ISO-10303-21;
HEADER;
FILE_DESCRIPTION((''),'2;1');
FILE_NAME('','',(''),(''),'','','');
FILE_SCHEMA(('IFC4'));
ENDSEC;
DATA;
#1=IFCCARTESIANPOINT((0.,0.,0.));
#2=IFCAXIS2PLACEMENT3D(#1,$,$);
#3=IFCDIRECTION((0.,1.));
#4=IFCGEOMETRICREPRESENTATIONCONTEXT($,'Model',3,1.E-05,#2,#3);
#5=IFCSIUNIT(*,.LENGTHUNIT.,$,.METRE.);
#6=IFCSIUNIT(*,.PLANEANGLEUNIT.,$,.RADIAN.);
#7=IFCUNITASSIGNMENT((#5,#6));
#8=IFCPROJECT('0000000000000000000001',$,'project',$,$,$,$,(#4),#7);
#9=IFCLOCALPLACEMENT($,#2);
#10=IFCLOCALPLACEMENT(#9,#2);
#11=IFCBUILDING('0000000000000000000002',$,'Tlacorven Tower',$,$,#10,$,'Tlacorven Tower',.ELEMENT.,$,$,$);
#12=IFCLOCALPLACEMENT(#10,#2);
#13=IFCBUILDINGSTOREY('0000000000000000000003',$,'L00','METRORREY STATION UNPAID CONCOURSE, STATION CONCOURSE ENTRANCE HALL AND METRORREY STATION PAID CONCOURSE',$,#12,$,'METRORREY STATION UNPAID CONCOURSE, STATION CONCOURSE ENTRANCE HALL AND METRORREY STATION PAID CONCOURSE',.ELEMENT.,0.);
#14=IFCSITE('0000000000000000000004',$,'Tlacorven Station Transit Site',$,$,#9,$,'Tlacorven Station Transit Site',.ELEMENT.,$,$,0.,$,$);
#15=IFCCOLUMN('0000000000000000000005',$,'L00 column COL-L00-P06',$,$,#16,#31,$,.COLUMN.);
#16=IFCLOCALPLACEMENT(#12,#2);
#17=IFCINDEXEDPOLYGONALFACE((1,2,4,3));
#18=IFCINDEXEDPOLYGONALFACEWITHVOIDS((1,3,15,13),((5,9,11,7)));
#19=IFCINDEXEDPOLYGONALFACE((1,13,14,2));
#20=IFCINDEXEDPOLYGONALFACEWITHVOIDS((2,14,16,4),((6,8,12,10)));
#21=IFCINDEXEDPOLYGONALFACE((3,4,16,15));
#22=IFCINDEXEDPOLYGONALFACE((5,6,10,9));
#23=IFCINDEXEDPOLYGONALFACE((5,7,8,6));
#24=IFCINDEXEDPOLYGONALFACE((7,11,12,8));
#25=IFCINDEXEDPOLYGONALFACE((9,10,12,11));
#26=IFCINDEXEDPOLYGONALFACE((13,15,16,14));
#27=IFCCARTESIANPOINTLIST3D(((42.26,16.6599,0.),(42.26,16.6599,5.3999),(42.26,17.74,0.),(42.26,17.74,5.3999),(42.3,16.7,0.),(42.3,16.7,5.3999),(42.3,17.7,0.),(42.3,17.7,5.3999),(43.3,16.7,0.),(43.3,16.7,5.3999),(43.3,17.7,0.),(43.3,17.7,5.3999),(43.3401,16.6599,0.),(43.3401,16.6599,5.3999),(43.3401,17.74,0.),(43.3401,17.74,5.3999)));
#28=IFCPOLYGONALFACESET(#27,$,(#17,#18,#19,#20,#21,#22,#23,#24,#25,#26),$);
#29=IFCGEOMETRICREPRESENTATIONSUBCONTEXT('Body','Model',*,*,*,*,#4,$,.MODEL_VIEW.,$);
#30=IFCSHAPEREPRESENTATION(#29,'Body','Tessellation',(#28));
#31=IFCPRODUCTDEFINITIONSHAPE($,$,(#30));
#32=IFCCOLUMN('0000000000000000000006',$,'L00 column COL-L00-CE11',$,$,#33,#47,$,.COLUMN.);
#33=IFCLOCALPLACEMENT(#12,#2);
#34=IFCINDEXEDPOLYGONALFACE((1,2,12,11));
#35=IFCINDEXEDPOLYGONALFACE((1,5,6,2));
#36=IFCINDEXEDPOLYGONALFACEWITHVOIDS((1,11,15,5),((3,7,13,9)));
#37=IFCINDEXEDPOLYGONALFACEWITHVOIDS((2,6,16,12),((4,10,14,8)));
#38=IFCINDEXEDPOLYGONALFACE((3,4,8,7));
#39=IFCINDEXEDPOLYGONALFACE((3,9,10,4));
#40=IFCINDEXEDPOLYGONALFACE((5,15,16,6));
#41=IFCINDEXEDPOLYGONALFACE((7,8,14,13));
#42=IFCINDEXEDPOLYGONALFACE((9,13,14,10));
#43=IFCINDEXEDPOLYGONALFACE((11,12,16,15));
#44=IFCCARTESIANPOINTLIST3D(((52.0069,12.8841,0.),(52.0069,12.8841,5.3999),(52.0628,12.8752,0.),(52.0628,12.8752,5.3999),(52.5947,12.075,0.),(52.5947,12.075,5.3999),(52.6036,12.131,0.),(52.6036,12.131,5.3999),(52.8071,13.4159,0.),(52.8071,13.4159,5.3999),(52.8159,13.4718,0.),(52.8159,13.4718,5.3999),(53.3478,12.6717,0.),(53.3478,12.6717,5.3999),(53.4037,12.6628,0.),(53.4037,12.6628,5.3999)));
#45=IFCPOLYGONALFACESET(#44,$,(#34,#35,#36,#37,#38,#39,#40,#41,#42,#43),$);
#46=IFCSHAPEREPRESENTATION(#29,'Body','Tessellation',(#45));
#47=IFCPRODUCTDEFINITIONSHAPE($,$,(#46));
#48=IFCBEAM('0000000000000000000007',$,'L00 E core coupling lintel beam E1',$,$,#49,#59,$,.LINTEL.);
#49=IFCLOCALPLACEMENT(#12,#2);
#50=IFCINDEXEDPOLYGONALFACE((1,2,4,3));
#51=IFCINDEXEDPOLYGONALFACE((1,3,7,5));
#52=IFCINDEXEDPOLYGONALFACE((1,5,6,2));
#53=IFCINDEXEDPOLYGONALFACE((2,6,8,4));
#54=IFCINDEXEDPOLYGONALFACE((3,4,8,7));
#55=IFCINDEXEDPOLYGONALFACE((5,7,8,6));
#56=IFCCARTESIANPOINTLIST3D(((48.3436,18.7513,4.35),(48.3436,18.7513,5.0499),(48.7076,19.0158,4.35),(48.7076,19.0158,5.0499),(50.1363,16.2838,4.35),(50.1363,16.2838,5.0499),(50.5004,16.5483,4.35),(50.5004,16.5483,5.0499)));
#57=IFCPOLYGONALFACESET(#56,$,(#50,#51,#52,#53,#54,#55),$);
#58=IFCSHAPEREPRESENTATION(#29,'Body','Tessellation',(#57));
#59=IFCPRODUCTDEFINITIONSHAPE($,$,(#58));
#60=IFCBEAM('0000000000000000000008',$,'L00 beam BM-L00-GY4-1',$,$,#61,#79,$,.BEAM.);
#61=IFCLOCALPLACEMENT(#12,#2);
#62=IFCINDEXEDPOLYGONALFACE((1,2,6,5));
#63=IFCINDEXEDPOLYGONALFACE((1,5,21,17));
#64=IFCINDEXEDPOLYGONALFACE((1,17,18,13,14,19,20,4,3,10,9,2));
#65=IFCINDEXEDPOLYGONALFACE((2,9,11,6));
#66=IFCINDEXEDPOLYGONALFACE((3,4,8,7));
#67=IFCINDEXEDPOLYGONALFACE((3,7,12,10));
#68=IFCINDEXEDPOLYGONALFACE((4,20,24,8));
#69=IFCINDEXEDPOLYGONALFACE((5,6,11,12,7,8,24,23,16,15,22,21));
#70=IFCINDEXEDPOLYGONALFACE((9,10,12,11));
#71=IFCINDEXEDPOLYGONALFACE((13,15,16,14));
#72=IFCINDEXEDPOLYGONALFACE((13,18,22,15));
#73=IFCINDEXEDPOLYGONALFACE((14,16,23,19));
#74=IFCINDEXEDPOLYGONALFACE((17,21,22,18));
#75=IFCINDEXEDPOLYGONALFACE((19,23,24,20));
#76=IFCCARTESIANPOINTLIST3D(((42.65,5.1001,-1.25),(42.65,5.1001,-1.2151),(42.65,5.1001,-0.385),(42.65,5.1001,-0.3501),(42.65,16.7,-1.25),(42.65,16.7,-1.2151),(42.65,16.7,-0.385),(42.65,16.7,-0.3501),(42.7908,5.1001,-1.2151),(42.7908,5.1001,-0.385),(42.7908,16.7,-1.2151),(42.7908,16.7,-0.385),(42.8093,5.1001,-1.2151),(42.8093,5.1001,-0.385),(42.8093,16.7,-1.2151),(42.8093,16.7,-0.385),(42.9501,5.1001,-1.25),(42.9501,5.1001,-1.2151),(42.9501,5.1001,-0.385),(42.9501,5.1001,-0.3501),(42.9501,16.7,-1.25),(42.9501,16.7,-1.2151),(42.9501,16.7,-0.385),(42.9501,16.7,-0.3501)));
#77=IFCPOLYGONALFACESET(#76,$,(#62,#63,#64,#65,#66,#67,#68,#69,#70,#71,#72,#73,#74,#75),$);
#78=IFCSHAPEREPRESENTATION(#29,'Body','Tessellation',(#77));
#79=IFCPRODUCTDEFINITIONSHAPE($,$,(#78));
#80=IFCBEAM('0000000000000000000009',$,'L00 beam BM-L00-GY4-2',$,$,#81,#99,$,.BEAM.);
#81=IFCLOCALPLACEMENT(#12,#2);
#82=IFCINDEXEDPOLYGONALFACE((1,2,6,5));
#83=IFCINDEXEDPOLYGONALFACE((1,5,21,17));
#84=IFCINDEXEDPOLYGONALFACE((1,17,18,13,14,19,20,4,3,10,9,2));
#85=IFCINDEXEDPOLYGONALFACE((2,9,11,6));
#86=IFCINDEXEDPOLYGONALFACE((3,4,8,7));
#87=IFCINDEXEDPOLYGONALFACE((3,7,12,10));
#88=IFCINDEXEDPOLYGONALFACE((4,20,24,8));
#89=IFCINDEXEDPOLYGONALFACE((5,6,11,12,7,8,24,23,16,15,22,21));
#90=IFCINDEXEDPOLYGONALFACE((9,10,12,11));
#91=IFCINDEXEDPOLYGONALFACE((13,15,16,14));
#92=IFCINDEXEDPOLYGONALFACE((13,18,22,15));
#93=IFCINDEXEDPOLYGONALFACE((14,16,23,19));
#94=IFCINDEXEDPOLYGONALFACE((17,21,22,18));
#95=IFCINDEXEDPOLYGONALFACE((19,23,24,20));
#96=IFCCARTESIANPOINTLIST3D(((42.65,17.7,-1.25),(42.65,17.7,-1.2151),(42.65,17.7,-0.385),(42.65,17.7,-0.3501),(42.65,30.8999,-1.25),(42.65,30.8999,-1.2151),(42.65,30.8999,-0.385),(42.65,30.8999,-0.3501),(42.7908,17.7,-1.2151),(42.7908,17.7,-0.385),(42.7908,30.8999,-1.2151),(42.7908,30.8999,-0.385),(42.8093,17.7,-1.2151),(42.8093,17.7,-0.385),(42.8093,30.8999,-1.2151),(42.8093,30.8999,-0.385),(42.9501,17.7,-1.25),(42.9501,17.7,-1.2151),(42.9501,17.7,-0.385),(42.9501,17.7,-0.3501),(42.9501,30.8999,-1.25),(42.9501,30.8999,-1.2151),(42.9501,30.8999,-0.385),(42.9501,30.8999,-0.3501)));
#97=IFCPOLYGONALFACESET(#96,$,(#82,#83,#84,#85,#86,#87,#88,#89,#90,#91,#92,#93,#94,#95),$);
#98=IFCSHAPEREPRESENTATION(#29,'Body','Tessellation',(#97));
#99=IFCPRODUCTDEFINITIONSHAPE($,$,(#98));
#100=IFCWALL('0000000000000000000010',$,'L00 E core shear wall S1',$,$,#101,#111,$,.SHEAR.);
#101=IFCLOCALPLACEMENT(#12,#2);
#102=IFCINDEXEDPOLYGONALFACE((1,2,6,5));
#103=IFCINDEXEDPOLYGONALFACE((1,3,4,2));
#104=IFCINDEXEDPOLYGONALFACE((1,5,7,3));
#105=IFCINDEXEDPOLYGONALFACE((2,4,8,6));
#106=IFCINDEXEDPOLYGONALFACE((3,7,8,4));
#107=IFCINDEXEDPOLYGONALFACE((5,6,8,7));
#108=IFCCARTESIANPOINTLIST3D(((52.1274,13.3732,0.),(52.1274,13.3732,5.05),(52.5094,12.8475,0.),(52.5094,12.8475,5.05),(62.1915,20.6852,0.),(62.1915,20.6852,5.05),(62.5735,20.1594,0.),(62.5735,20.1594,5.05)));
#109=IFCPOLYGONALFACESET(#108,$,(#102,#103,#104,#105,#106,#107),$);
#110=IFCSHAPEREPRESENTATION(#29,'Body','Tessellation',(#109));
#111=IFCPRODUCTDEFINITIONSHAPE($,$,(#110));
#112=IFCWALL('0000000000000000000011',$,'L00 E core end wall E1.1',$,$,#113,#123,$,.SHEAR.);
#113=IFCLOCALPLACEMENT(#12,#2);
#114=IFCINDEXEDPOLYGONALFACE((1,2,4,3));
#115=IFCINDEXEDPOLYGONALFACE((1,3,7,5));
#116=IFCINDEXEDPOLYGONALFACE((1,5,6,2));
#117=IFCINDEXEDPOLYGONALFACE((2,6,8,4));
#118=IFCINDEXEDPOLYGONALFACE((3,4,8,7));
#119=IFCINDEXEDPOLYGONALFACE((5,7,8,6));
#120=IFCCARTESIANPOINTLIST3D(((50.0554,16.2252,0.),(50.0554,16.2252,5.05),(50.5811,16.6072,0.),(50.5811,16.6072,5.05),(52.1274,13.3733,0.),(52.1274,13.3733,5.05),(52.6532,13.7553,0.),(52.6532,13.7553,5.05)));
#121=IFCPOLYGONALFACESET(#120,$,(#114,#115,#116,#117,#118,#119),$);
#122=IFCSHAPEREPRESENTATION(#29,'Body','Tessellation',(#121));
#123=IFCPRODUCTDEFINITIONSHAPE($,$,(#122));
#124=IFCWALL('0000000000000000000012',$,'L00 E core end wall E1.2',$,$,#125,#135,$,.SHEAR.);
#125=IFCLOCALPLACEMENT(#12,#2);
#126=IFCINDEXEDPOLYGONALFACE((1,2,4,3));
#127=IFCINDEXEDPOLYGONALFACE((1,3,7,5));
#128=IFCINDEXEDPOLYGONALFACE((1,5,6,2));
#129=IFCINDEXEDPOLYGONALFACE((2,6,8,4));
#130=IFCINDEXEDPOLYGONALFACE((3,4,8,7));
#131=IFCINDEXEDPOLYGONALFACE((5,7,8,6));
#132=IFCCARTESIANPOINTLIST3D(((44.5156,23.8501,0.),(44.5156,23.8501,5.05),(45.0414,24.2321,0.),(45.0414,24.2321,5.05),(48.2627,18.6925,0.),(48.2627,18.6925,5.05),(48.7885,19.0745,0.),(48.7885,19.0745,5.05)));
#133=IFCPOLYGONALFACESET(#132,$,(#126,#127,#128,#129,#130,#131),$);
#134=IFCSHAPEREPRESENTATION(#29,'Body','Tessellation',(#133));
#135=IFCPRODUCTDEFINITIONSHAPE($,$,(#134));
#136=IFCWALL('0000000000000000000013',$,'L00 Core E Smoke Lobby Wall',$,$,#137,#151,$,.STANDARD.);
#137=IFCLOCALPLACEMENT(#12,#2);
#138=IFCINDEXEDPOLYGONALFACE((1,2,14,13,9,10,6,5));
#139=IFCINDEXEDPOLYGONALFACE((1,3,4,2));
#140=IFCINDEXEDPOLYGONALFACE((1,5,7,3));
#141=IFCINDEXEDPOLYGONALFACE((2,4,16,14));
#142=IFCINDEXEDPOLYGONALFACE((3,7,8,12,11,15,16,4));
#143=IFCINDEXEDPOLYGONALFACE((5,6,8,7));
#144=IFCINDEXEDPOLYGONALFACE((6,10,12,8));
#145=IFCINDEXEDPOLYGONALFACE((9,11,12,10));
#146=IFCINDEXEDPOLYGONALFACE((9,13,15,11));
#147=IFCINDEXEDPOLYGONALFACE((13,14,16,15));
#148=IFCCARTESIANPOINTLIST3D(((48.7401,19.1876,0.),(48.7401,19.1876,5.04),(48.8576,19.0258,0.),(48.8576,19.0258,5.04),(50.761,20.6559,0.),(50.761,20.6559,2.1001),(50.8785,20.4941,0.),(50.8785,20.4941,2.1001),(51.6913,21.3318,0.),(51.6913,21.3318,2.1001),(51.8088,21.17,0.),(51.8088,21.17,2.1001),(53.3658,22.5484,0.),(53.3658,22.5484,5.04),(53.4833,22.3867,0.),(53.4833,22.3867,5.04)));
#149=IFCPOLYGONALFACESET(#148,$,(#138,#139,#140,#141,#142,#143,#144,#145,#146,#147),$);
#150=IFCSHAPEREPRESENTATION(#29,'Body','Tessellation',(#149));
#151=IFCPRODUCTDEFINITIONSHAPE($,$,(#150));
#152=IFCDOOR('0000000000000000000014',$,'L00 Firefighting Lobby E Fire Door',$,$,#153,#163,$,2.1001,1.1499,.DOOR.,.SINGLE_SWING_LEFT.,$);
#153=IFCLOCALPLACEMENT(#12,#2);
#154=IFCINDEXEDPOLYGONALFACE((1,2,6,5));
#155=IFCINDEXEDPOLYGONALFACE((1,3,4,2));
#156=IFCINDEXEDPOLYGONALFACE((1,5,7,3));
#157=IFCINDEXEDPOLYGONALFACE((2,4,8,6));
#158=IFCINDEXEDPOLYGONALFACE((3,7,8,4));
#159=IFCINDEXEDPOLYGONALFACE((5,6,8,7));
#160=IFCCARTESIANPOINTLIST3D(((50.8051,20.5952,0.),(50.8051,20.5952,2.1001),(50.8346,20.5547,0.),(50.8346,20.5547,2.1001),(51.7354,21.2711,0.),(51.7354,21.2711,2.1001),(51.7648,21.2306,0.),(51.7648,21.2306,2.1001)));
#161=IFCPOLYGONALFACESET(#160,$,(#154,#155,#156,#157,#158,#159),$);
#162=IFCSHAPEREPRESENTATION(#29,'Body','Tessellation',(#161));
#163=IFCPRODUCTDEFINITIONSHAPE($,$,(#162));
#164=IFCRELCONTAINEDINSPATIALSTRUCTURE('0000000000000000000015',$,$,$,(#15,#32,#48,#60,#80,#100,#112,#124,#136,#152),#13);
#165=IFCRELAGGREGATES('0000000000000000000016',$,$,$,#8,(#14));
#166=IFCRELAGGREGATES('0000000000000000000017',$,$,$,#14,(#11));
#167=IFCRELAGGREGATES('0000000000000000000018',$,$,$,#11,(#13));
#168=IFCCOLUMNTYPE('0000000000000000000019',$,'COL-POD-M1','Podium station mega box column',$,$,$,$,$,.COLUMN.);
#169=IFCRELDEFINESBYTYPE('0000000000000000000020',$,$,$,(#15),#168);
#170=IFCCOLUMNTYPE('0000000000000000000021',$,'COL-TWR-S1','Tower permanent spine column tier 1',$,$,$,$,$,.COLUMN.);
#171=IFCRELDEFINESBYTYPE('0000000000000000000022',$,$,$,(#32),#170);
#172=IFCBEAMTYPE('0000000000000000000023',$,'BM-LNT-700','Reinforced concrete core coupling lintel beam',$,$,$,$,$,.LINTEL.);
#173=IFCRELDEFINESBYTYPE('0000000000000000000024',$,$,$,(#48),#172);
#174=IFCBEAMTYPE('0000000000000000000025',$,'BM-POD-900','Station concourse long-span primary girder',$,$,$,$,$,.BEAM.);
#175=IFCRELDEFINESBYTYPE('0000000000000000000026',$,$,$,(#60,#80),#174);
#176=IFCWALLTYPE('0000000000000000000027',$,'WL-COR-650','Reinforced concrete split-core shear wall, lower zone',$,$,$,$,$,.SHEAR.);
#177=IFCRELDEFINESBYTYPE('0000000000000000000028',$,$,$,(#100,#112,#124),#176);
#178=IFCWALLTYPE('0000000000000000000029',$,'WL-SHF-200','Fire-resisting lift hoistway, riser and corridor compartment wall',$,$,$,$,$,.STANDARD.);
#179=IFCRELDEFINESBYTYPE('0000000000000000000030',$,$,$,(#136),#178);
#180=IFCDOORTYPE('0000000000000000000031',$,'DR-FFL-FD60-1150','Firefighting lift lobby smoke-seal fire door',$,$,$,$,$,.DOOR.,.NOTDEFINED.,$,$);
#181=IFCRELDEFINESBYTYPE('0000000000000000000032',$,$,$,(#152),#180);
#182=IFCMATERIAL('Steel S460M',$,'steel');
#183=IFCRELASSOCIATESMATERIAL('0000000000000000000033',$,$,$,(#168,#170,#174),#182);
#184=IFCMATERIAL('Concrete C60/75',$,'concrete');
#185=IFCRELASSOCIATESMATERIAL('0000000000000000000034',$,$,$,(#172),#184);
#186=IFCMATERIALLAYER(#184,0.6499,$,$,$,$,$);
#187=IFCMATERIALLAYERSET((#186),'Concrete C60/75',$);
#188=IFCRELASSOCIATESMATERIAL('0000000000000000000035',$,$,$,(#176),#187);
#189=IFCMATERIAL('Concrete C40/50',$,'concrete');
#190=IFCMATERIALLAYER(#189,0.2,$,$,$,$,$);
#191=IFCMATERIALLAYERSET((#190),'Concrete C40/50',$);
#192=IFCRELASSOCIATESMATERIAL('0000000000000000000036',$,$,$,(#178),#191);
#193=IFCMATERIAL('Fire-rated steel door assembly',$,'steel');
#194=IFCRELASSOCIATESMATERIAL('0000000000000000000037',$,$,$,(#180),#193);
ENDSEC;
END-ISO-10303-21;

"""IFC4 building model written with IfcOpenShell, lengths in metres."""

from ifc_helpers import new_model, si_unit, direction, frame, frame_2d, origin, origin_2d, place, context, subcontext, project, spatial, rectangle, hollow_rectangle, i_section, extrude, source, transform, mapped, material, layer, layer_set, material_profile, profile_set, type_object, element, fill, save


model = new_model("IFC4")

# Units and contexts
model_context = context("Model", 3, precision=1e-05, world=origin(), true_north=direction((0.0, 1.0)))
body_context = subcontext(model_context, "Body", "Model", "MODEL_VIEW")
ifc_project = project(units=[si_unit("LENGTHUNIT", "METRE"), si_unit("PLANEANGLEUNIT", "RADIAN")], contexts=[model_context])

# Site, building, storey
site_placement = place(None, origin())
site = spatial("IfcSite", under=ifc_project, at=site_placement, Name="Tlacorven Station Transit Site", LongName="Tlacorven Station Transit Site", CompositionType="ELEMENT", RefElevation=0.0)
building_placement = place(site_placement, origin())
building = spatial("IfcBuilding", under=site, at=building_placement, Name="Tlacorven Tower", LongName="Tlacorven Tower", CompositionType="ELEMENT")
storey_placement = place(building_placement, origin())
storey = spatial("IfcBuildingStorey", under=building, at=storey_placement, Name="L00", Description="METRORREY STATION UNPAID CONCOURSE, STATION CONCOURSE ENTRANCE HALL AND METRORREY STATION PAID CONCOURSE", LongName="METRORREY STATION UNPAID CONCOURSE, STATION CONCOURSE ENTRANCE HALL AND METRORREY STATION PAID CONCOURSE", CompositionType="ELEMENT", Elevation=0.0)

# Columns
ifc_material_1 = material(Name="Steel S460M", Category="steel")
ifc_material_profile_1 = material_profile(ifc_material_1, hollow_rectangle(XDim=1.0801, YDim=1.0801, WallThickness=0.04, at=origin_2d()), Name="BOX 1080X1080X40")
ifc_profile_set_1 = profile_set([ifc_material_profile_1], Name="Steel S460M")
column_type_1 = type_object("IfcColumnType", Name="COL-POD-M1", Description="Podium station mega box column", PredefinedType="COLUMN", material=ifc_profile_set_1)
shared_shape_1 = source(origin(), body_context, "Body", "SweptSolid", [
    extrude(hollow_rectangle(XDim=1.0801, YDim=1.0801, WallThickness=0.04, at=origin_2d()), origin(), (0.0, 0.0, 1.0), 5.3999),
])
column_1_placement = place(storey_placement, frame((42.8, 17.2, 0.0), z_axis=(0.0, 0.0, 1.0), x_axis=(1.0, 0.0, 0.0)))
element("IfcColumn", 1, at=column_1_placement, inside=storey, type_object=column_type_1, Name="L00 column COL-L00-P06", PredefinedType="COLUMN", context=body_context, shape_type="MappedRepresentation", body=[
    mapped(shared_shape_1, transform((0.0, 0.0, 0.0), scale=1.0)),
])
ifc_material_profile_2 = material_profile(ifc_material_1, hollow_rectangle(XDim=1.0, YDim=1.0, WallThickness=0.04, at=origin_2d()), Name="BOX 1000X1000X40")
ifc_profile_set_2 = profile_set([ifc_material_profile_2], Name="Steel S460M")
column_type_2 = type_object("IfcColumnType", Name="COL-TWR-S1", Description="Tower permanent spine column tier 1", PredefinedType="COLUMN", material=ifc_profile_set_2)
shared_shape_2 = source(origin(), body_context, "Body", "SweptSolid", [
    extrude(hollow_rectangle(XDim=1.0, YDim=1.0, WallThickness=0.04, at=origin_2d()), origin(), (0.0, 0.0, 1.0), 5.3999),
])
column_2_placement = place(storey_placement, frame((52.7053, 12.7734, 0.0), z_axis=(0.0, 0.0, 1.0), x_axis=(0.809017, 0.587785, 0.0)))
element("IfcColumn", 2, at=column_2_placement, inside=storey, type_object=column_type_2, Name="L00 column COL-L00-CE11", PredefinedType="COLUMN", context=body_context, shape_type="MappedRepresentation", body=[
    mapped(shared_shape_2, transform((0.0, 0.0, 0.0), scale=1.0)),
])

# Beams
ifc_material_2 = material(Name="Concrete C60/75", Category="concrete")
ifc_material_profile_3 = material_profile(ifc_material_2, rectangle(XDim=0.45, YDim=0.7, at=origin_2d()), Name="RC 450X700")
ifc_profile_set_3 = profile_set([ifc_material_profile_3], Name="Concrete C60/75")
beam_type_1 = type_object("IfcBeamType", Name="BM-LNT-700", Description="Reinforced concrete core coupling lintel beam", PredefinedType="LINTEL", material=ifc_profile_set_3)
shared_shape_3 = source(origin(), body_context, "Body", "SweptSolid", [
    extrude(rectangle(XDim=0.45, YDim=0.7, at=origin_2d()), origin(), (0.0, 0.0, 1.0), 3.05),
])
beam_1_placement = place(storey_placement, frame((50.3184, 16.416, 4.7), z_axis=(-0.587777, 0.809023, 0.0), x_axis=(-0.809023, -0.587777, 0.0)))
element("IfcBeam", 3, at=beam_1_placement, inside=storey, type_object=beam_type_1, Name="L00 E core coupling lintel beam E1", PredefinedType="LINTEL", context=body_context, shape_type="MappedRepresentation", body=[
    mapped(shared_shape_3, transform((0.0, 0.0, 0.0), scale=1.0)),
])
ifc_material_profile_4 = material_profile(ifc_material_1, i_section(OverallWidth=0.3, OverallDepth=0.8999, WebThickness=0.0186, FlangeThickness=0.0349, at=origin_2d()), Name="HEB 900")
ifc_profile_set_4 = profile_set([ifc_material_profile_4], Name="Steel S460M")
beam_type_2 = type_object("IfcBeamType", Name="BM-POD-900", Description="Station concourse long-span primary girder", PredefinedType="BEAM", material=ifc_profile_set_4)
shared_shape_4 = source(origin(), body_context, "Body", "SweptSolid", [
    extrude(i_section(OverallWidth=0.3, OverallDepth=0.8999, WebThickness=0.0186, FlangeThickness=0.0349, at=origin_2d()), origin(), (0.0, 0.0, 1.0), 11.5999),
])
beam_2_placement = place(storey_placement, frame((42.8, 5.1001, -0.8), z_axis=(0.0, 1.0, 0.0), x_axis=(-1.0, 0.0, 0.0)))
element("IfcBeam", 4, at=beam_2_placement, inside=storey, type_object=beam_type_2, Name="L00 beam BM-L00-GY4-1", PredefinedType="BEAM", context=body_context, shape_type="MappedRepresentation", body=[
    mapped(shared_shape_4, transform((0.0, 0.0, 0.0), scale=1.0)),
])
shared_shape_5 = source(origin(), body_context, "Body", "SweptSolid", [
    extrude(i_section(OverallWidth=0.3, OverallDepth=0.8999, WebThickness=0.0186, FlangeThickness=0.0349, at=origin_2d()), origin(), (0.0, 0.0, 1.0), 13.2),
])
beam_3_placement = place(storey_placement, frame((42.8, 17.7, -0.8), z_axis=(0.0, 1.0, 0.0), x_axis=(-1.0, 0.0, 0.0)))
element("IfcBeam", 5, at=beam_3_placement, inside=storey, type_object=beam_type_2, Name="L00 beam BM-L00-GY4-2", PredefinedType="BEAM", context=body_context, shape_type="MappedRepresentation", body=[
    mapped(shared_shape_5, transform((0.0, 0.0, 0.0), scale=1.0)),
])

# Walls
ifc_layer_1 = layer(ifc_material_2, 0.6499)
ifc_layer_set_1 = layer_set([ifc_layer_1], Name="Concrete C60/75")
wall_type_1 = type_object("IfcWallType", Name="WL-COR-650", Description="Reinforced concrete split-core shear wall, lower zone", PredefinedType="SHEAR", material=ifc_layer_set_1)
wall_1_placement = place(storey_placement, frame((52.3184, 13.1104, 0.0), z_axis=(0.0, 0.0, 1.0), x_axis=(0.809019, 0.587782, 0.0)))
element("IfcWall", 6, at=wall_1_placement, inside=storey, type_object=wall_type_1, Name="L00 E core shear wall S1", PredefinedType="SHEAR", context=body_context, shape_type="SweptSolid", body=[
    extrude(rectangle(XDim=12.4399, YDim=0.6499, at=frame_2d((6.22, 0.0))), origin(), (0.0, 0.0, 1.0), 5.05),
])
wall_2_placement = place(storey_placement, frame((52.3904, 13.5642, 0.0), z_axis=(0.0, 0.0, 1.0), x_axis=(-0.587797, 0.809009, 0.0)))
element("IfcWall", 7, at=wall_2_placement, inside=storey, type_object=wall_type_1, Name="L00 E core end wall E1.1", PredefinedType="SHEAR", context=body_context, shape_type="SweptSolid", body=[
    extrude(rectangle(XDim=3.5251, YDim=0.6499, at=frame_2d((1.7627, 0.0))), origin(), (0.0, 0.0, 1.0), 5.05),
])
wall_3_placement = place(storey_placement, frame((48.5256, 18.8835, 0.0), z_axis=(0.0, 0.0, 1.0), x_axis=(-0.58778, 0.809021, 0.0)))
element("IfcWall", 8, at=wall_3_placement, inside=storey, type_object=wall_type_1, Name="L00 E core end wall E1.2", PredefinedType="SHEAR", context=body_context, shape_type="SweptSolid", body=[
    extrude(rectangle(XDim=6.375, YDim=0.6499, at=frame_2d((3.1875, 0.0))), origin(), (0.0, 0.0, 1.0), 5.05),
])

# Wall, opening, door
ifc_material_3 = material(Name="Concrete C40/50", Category="concrete")
ifc_layer_2 = layer(ifc_material_3, 0.2)
ifc_layer_set_2 = layer_set([ifc_layer_2], Name="Concrete C40/50")
wall_type_2 = type_object("IfcWallType", Name="WL-SHF-200", Description="Fire-resisting lift hoistway, riser and corridor compartment wall", PredefinedType="STANDARD", material=ifc_layer_set_2)
wall_4_placement = place(storey_placement, frame((48.7988, 19.1067, 0.0), z_axis=(0.0, 0.0, 1.0), x_axis=(0.809013, 0.587791, 0.0)))
wall_4 = element("IfcWall", 9, at=wall_4_placement, inside=storey, type_object=wall_type_2, Name="L00 Core E Smoke Lobby Wall", PredefinedType="STANDARD", context=body_context, shape_type="SweptSolid", body=[
    extrude(rectangle(XDim=5.7178, YDim=0.2, at=frame_2d((2.8589, 0.0))), origin(), (0.0, 0.0, 1.0), 5.04),
])
opening_1_placement = place(wall_4_placement, frame((2.498, 0.0, 0.0)))
opening_1 = element("IfcOpeningElement", 10, at=opening_1_placement, cuts=wall_4, PredefinedType="OPENING", context=body_context, shape_type="SweptSolid", body=[
    extrude(rectangle(XDim=1.1499, YDim=2.1001, at=frame_2d((0.575, 1.05))), frame((0.0, 0.1099, 0.0), z_axis=(0.0, -1.0, 0.0), x_axis=(1.0, 0.0, 0.0)), (0.0, 0.0, 1.0), 0.22),
])
ifc_material_4 = material(Name="Fire-rated steel door assembly", Category="steel")
door_type_1 = type_object("IfcDoorType", Name="DR-FFL-FD60-1150", Description="Firefighting lift lobby smoke-seal fire door", OperationType="NOTDEFINED", PredefinedType="DOOR", material=ifc_material_4)
shared_shape_6 = source(origin(), body_context, "Body", "SweptSolid", [
    extrude(rectangle(XDim=1.1499, YDim=2.1001, at=frame_2d((0.575, 1.05))), frame((0.0, 0.0249, 0.0), z_axis=(0.0, -1.0, 0.0), x_axis=(1.0, 0.0, 0.0)), (0.0, 0.0, 1.0), 0.05),
])
door_1_placement = place(opening_1_placement, origin())
door_1 = element("IfcDoor", 11, at=door_1_placement, inside=storey, type_object=door_type_1, Name="L00 Firefighting Lobby E Fire Door", OperationType="SINGLE_SWING_LEFT", OverallHeight=2.1001, OverallWidth=1.1499, PredefinedType="DOOR", context=body_context, shape_type="MappedRepresentation", body=[
    mapped(shared_shape_6, transform((0.0, 0.0, 0.0), scale=1.0)),
])
fill(opening_1, door_1)

save(model, "model.ifc")
